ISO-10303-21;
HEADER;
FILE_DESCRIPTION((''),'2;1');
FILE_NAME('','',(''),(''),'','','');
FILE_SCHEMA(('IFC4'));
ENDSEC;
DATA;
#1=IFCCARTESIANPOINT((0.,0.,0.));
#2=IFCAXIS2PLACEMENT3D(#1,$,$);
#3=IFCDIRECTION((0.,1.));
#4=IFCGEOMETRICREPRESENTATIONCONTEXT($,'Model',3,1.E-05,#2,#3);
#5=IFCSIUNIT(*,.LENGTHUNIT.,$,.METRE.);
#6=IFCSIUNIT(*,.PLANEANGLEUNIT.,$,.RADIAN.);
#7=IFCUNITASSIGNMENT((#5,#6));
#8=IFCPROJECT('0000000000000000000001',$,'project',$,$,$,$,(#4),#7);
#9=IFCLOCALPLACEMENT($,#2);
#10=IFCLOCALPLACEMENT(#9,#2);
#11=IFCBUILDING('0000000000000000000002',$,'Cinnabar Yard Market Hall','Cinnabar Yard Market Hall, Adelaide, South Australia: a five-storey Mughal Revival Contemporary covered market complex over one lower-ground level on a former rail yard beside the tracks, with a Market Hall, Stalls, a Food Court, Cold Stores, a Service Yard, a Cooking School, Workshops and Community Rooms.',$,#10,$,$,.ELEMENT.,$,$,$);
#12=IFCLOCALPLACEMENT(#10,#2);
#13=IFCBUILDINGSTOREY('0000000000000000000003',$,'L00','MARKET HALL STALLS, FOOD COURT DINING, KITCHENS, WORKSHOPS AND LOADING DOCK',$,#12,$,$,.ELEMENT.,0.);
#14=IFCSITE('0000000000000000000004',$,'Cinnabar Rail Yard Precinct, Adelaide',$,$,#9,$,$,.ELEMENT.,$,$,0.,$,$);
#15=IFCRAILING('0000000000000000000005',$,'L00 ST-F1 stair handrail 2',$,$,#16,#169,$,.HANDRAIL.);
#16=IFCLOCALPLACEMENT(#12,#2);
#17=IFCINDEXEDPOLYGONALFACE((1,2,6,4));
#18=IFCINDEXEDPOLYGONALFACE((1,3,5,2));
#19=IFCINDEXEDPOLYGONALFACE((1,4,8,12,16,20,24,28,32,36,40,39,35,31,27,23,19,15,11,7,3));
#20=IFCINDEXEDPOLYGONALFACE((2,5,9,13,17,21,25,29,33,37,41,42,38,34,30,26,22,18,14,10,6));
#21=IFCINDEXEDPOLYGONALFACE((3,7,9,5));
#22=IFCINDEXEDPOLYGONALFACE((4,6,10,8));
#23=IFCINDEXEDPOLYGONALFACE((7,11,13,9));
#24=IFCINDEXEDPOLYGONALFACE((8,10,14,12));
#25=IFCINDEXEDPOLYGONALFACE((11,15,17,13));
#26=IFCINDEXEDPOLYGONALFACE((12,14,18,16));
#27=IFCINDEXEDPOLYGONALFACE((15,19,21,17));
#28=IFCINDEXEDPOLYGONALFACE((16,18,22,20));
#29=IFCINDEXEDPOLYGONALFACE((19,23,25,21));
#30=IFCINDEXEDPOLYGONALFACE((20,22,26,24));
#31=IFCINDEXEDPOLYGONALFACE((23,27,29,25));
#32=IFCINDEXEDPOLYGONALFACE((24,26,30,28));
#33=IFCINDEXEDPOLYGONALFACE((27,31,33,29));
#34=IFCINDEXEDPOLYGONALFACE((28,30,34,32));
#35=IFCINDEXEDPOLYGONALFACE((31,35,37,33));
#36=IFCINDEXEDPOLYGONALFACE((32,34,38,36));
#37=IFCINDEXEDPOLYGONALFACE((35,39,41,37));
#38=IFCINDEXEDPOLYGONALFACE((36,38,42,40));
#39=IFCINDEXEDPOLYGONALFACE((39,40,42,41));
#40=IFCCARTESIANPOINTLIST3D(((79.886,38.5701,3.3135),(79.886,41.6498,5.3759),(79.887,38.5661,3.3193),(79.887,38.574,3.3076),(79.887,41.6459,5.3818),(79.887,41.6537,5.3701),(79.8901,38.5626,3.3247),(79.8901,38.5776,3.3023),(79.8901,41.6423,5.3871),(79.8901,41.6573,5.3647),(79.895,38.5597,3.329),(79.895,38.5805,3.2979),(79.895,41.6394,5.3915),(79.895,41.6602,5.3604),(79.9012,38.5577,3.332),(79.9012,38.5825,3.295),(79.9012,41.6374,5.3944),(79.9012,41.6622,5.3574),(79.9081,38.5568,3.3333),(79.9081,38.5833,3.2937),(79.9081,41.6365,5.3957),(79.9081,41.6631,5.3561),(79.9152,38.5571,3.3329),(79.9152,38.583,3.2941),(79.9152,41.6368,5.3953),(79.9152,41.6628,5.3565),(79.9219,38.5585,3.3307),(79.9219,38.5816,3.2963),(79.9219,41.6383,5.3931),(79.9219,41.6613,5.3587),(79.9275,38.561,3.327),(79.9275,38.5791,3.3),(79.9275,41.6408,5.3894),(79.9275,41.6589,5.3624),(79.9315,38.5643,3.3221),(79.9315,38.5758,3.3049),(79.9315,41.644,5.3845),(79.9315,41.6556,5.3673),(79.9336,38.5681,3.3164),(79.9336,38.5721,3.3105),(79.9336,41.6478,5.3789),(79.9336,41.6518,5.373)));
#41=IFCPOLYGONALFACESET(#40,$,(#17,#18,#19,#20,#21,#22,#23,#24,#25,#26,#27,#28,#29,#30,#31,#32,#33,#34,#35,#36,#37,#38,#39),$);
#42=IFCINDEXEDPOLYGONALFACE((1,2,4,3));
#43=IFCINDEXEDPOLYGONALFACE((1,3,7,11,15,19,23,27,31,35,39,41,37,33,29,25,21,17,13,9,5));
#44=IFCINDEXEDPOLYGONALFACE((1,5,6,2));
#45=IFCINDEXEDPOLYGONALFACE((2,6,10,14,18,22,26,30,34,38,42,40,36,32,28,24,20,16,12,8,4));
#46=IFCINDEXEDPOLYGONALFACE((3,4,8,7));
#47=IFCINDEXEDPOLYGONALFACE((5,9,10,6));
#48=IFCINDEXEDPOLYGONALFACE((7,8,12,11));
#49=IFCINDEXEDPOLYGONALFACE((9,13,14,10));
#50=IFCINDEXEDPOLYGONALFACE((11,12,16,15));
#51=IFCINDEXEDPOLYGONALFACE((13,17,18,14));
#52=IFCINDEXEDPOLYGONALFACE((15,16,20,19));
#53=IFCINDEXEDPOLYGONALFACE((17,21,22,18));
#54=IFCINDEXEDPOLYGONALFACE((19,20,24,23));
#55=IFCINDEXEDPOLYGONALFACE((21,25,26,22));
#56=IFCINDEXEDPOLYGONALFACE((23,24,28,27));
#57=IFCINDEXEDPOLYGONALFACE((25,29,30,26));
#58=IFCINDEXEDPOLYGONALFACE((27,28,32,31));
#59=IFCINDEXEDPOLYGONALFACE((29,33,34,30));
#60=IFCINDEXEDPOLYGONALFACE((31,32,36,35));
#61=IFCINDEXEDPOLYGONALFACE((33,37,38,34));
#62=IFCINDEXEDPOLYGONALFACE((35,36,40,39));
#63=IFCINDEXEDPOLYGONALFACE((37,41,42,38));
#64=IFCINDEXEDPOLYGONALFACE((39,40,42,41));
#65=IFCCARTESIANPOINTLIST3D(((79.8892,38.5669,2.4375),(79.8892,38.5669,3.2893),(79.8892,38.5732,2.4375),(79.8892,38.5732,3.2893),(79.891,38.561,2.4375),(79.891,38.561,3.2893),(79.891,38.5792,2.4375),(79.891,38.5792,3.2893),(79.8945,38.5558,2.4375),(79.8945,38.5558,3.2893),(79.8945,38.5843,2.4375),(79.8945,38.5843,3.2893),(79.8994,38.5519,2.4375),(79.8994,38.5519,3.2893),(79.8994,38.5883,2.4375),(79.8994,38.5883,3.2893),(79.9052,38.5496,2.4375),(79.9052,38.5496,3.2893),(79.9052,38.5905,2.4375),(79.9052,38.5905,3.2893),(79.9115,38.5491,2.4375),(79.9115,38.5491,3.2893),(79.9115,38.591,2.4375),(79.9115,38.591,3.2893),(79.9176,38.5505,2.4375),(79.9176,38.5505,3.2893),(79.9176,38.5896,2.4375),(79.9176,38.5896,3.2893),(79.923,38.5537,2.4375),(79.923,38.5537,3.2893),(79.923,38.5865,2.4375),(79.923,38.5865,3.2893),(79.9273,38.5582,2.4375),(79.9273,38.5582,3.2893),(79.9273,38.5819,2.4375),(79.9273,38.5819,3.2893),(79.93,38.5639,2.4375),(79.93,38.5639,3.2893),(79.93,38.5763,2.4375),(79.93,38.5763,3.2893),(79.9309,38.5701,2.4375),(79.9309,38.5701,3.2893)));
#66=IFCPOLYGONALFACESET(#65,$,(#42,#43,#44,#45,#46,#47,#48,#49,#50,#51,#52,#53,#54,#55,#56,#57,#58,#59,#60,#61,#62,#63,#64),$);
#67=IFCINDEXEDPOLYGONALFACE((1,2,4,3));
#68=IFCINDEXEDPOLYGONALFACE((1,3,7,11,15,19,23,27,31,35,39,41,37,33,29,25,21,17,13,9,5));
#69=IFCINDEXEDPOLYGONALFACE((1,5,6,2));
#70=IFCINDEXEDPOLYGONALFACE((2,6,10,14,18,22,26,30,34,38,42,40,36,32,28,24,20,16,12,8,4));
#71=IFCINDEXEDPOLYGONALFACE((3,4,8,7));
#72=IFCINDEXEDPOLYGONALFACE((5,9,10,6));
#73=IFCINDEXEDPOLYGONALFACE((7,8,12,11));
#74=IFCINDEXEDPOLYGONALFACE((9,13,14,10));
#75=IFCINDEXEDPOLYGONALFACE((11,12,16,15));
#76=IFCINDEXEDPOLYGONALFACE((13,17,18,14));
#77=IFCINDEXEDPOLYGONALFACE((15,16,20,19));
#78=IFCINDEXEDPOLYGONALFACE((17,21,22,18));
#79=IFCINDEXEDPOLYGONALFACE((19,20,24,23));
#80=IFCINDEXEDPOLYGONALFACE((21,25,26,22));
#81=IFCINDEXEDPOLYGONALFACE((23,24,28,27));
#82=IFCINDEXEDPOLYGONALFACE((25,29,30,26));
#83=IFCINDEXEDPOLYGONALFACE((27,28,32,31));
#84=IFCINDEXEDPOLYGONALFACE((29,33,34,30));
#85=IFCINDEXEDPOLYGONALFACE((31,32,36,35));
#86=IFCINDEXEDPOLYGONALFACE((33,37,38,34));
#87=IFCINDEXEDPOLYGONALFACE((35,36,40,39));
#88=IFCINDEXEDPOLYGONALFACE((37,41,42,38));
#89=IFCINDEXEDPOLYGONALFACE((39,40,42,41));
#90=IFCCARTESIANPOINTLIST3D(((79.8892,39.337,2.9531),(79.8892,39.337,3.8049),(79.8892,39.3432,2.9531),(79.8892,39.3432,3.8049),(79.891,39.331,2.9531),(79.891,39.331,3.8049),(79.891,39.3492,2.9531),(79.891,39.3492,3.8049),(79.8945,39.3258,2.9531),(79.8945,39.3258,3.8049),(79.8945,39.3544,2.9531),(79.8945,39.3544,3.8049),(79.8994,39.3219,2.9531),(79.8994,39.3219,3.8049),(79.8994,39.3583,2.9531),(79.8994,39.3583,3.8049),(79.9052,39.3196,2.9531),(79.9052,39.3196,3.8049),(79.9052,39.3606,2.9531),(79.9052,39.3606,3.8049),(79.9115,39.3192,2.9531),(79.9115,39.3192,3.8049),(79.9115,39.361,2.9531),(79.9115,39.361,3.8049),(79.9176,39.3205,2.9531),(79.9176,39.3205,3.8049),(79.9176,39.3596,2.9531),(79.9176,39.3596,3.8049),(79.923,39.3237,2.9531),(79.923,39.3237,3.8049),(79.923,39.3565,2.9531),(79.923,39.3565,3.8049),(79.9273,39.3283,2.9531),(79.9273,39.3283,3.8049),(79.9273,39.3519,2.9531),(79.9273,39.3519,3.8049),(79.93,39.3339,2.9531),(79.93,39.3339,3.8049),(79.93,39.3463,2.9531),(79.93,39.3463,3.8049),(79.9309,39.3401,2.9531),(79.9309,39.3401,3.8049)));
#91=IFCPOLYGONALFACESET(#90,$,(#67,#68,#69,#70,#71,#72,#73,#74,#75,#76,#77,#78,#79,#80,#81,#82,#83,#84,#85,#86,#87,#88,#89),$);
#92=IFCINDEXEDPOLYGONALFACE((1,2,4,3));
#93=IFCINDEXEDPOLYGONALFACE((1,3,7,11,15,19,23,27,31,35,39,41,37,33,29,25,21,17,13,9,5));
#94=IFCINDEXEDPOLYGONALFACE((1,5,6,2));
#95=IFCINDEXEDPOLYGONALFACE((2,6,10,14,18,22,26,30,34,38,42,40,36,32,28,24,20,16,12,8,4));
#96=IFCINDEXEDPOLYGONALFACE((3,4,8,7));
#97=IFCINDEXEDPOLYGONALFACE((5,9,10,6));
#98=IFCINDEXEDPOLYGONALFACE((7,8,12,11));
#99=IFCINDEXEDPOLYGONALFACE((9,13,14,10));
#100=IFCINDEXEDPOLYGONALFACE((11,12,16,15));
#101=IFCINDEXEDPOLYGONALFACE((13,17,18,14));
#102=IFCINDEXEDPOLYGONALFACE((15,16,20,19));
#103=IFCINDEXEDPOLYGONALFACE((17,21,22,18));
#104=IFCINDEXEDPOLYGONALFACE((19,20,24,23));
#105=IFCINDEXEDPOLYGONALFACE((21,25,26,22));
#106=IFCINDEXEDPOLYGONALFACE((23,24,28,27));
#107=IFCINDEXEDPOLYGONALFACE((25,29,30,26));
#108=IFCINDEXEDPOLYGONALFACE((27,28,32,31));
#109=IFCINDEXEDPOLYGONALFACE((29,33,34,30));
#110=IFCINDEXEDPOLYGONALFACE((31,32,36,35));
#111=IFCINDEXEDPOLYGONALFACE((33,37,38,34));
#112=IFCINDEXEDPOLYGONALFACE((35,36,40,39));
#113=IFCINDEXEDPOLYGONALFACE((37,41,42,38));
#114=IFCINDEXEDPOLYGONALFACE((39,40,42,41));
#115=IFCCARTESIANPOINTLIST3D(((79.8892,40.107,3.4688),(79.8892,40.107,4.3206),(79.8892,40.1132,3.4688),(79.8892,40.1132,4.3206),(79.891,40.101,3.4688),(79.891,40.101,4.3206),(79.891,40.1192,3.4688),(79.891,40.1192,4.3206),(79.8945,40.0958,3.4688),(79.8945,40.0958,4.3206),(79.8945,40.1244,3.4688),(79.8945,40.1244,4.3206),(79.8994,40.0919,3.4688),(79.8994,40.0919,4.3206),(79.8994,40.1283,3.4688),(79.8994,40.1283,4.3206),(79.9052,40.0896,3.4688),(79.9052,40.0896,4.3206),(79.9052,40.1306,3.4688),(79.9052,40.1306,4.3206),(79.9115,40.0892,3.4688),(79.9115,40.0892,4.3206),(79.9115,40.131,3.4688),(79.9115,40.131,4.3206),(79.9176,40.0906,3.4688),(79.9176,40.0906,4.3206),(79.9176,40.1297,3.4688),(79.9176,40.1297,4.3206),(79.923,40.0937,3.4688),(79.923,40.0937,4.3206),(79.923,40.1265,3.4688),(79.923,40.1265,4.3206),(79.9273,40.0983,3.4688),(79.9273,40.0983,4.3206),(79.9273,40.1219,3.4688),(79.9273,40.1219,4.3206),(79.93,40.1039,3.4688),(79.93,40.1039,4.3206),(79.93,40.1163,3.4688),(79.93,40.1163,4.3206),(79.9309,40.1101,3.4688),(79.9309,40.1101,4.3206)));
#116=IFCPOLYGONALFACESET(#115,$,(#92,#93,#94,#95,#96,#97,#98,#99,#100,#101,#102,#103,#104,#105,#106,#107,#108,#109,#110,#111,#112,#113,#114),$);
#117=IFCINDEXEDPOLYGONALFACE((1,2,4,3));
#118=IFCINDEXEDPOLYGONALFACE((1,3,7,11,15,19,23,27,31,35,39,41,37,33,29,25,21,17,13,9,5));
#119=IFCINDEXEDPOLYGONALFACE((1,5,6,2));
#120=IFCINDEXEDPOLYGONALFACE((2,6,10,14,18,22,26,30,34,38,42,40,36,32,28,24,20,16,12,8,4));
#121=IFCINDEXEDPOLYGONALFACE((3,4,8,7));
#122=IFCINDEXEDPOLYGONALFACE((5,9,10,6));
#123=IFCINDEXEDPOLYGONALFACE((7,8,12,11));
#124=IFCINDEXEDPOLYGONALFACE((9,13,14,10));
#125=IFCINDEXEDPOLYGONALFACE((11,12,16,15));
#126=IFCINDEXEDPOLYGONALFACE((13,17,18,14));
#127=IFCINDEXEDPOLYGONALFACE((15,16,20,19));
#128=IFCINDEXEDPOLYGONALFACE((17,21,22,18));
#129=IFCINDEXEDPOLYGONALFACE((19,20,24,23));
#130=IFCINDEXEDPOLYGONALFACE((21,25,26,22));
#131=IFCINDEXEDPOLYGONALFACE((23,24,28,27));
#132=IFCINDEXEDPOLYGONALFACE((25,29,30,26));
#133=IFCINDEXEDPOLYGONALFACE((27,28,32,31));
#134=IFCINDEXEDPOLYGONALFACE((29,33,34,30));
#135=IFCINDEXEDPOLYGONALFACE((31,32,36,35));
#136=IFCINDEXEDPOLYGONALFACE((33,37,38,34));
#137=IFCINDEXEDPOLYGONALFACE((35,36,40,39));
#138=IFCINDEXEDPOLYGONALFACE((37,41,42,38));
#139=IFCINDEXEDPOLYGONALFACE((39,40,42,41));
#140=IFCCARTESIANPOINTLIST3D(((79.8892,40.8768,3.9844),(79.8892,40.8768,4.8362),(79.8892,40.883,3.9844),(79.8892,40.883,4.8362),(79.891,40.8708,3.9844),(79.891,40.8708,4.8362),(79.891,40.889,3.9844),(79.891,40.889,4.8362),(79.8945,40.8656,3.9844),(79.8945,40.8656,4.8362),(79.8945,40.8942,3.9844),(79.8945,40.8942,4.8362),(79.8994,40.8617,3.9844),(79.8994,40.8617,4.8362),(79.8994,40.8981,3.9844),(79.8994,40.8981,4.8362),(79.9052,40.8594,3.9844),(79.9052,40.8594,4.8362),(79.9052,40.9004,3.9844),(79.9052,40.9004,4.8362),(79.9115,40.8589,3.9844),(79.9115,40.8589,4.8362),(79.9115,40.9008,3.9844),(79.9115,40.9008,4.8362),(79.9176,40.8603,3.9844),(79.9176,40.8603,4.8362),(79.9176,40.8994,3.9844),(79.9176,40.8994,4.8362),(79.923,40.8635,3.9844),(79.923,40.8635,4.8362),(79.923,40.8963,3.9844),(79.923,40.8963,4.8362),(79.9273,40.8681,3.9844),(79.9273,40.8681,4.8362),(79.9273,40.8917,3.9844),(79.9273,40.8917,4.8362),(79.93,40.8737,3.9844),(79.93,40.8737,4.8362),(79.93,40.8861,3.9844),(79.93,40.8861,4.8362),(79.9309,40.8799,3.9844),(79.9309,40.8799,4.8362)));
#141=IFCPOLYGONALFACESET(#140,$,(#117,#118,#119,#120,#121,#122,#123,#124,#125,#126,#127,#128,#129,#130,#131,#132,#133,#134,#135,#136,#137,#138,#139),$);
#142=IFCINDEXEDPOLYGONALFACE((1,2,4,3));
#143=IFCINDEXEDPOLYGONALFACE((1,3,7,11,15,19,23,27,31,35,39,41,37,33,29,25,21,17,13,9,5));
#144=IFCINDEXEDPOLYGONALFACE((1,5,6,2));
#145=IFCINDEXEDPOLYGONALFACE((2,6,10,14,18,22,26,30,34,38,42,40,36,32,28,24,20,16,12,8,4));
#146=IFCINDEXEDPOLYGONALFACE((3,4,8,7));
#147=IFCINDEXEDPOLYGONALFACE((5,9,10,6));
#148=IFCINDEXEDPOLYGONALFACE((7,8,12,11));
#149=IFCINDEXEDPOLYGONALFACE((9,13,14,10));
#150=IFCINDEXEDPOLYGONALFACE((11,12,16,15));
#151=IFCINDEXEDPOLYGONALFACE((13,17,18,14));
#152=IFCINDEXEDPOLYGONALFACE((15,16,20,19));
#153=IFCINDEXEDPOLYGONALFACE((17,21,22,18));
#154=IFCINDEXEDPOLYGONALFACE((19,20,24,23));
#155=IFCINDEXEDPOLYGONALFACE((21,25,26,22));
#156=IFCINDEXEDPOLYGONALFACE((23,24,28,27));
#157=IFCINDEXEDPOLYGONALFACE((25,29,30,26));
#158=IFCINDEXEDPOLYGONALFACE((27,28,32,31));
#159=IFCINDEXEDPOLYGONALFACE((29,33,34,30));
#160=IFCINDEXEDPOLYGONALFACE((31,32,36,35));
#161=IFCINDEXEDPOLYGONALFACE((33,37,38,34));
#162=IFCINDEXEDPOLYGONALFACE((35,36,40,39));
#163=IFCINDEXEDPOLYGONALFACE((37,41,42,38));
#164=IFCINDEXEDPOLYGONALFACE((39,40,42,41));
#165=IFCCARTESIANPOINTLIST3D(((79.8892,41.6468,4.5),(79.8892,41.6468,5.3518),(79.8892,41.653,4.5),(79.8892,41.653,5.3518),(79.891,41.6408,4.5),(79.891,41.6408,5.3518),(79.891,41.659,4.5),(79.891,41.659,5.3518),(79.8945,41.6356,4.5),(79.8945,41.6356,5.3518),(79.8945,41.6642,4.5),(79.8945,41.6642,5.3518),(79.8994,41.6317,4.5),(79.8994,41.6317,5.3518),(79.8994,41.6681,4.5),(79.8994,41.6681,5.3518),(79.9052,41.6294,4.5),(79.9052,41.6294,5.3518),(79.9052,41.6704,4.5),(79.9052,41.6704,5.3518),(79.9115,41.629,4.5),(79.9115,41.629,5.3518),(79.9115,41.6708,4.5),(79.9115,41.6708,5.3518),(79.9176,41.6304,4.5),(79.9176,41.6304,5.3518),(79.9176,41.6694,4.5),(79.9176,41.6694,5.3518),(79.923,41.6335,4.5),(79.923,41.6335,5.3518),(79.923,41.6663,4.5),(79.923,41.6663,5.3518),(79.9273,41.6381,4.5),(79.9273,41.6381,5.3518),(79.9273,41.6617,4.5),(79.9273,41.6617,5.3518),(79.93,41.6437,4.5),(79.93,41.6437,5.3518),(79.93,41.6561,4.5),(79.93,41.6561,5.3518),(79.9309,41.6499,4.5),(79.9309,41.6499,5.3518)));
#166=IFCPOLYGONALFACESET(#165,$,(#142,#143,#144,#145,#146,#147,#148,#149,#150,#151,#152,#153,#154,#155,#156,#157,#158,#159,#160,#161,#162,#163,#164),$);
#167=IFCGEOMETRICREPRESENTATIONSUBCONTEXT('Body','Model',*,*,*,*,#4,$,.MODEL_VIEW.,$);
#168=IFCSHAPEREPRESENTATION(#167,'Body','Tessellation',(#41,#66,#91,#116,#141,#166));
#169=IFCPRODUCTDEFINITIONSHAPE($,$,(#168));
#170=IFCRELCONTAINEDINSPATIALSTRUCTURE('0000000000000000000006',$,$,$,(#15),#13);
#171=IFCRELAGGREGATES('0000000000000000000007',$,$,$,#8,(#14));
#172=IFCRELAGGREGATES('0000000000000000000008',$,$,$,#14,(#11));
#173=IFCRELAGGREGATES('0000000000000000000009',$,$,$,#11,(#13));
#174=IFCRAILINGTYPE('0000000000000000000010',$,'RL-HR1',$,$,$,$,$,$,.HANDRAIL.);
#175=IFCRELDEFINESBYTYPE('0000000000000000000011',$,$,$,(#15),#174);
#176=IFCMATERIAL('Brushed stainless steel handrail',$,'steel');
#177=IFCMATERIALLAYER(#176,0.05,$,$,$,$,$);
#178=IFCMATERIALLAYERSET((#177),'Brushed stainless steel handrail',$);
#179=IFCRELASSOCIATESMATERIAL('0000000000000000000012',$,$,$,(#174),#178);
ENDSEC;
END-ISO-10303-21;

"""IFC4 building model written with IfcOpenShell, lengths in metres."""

from ifc_helpers import new_model, si_unit, direction, frame, origin, origin_2d_with_axis, place, context, subcontext, project, spatial, circle, extrude, material, layer, layer_set, type_object, element, save


model = new_model("IFC4")

# Units and contexts
model_context = context("Model", 3, precision=1e-05, world=origin(), true_north=direction((0.0, 1.0)))
body_context = subcontext(model_context, "Body", "Model", "MODEL_VIEW")
ifc_project = project(units=[si_unit("LENGTHUNIT", "METRE"), si_unit("PLANEANGLEUNIT", "RADIAN")], contexts=[model_context])

# Site, building, storey
site_placement = place(None, origin())
site = spatial("IfcSite", under=ifc_project, at=site_placement, Name="Cinnabar Rail Yard Precinct, Adelaide", CompositionType="ELEMENT", RefElevation=0.0)
building_placement = place(site_placement, origin())
building = spatial("IfcBuilding", under=site, at=building_placement, Name="Cinnabar Yard Market Hall", Description="Cinnabar Yard Market Hall, Adelaide, South Australia: a five-storey Mughal Revival Contemporary covered market complex over one lower-ground level on a former rail yard beside the tracks, with a Market Hall, Stalls, a Food Court, Cold Stores, a Service Yard, a Cooking School, Workshops and Community Rooms.", CompositionType="ELEMENT")
storey_placement = place(building_placement, origin())
storey = spatial("IfcBuildingStorey", under=building, at=storey_placement, Name="L00", Description="MARKET HALL STALLS, FOOD COURT DINING, KITCHENS, WORKSHOPS AND LOADING DOCK", CompositionType="ELEMENT", Elevation=0.0)

# Railing
ifc_material_1 = material(Name="Brushed stainless steel handrail", Category="steel")
ifc_layer_1 = layer(ifc_material_1, 0.05)
ifc_layer_set_1 = layer_set([ifc_layer_1], Name="Brushed stainless steel handrail")
railing_type_1 = type_object("IfcRailingType", Name="RL-HR1", PredefinedType="HANDRAIL", material=ifc_layer_set_1)
railing_1_placement = place(storey_placement, frame((79.9099, 38.5701, 2.4375)))
element("IfcRailing", 1, at=railing_1_placement, inside=storey, type_object=railing_type_1, Name="L00 ST-F1 stair handrail 2", PredefinedType="HANDRAIL", context=body_context, shape_type="SweptSolid", body=[
    extrude(circle(Radius=0.0239, at=origin_2d_with_axis()), frame((0.0, 0.0, 0.876), z_axis=(0.0, 0.830893, 0.556432), x_axis=(-1.0, 0.0, 0.0)), (0.0, 0.0, 1.0), 3.7065),
    extrude(circle(Radius=0.021, at=origin_2d_with_axis()), origin(), (0.0, 0.0, 1.0), 0.8518),
    extrude(circle(Radius=0.021, at=origin_2d_with_axis()), frame((0.0, 0.77, 0.5156)), (0.0, 0.0, 1.0), 0.8518),
    extrude(circle(Radius=0.021, at=origin_2d_with_axis()), frame((0.0, 1.54, 1.0312)), (0.0, 0.0, 1.0), 0.8518),
    extrude(circle(Radius=0.021, at=origin_2d_with_axis()), frame((0.0, 2.3098, 1.5469)), (0.0, 0.0, 1.0), 0.8518),
    extrude(circle(Radius=0.021, at=origin_2d_with_axis()), frame((0.0, 3.0798, 2.0625)), (0.0, 0.0, 1.0), 0.8518),
])

save(model, "model.ifc")
